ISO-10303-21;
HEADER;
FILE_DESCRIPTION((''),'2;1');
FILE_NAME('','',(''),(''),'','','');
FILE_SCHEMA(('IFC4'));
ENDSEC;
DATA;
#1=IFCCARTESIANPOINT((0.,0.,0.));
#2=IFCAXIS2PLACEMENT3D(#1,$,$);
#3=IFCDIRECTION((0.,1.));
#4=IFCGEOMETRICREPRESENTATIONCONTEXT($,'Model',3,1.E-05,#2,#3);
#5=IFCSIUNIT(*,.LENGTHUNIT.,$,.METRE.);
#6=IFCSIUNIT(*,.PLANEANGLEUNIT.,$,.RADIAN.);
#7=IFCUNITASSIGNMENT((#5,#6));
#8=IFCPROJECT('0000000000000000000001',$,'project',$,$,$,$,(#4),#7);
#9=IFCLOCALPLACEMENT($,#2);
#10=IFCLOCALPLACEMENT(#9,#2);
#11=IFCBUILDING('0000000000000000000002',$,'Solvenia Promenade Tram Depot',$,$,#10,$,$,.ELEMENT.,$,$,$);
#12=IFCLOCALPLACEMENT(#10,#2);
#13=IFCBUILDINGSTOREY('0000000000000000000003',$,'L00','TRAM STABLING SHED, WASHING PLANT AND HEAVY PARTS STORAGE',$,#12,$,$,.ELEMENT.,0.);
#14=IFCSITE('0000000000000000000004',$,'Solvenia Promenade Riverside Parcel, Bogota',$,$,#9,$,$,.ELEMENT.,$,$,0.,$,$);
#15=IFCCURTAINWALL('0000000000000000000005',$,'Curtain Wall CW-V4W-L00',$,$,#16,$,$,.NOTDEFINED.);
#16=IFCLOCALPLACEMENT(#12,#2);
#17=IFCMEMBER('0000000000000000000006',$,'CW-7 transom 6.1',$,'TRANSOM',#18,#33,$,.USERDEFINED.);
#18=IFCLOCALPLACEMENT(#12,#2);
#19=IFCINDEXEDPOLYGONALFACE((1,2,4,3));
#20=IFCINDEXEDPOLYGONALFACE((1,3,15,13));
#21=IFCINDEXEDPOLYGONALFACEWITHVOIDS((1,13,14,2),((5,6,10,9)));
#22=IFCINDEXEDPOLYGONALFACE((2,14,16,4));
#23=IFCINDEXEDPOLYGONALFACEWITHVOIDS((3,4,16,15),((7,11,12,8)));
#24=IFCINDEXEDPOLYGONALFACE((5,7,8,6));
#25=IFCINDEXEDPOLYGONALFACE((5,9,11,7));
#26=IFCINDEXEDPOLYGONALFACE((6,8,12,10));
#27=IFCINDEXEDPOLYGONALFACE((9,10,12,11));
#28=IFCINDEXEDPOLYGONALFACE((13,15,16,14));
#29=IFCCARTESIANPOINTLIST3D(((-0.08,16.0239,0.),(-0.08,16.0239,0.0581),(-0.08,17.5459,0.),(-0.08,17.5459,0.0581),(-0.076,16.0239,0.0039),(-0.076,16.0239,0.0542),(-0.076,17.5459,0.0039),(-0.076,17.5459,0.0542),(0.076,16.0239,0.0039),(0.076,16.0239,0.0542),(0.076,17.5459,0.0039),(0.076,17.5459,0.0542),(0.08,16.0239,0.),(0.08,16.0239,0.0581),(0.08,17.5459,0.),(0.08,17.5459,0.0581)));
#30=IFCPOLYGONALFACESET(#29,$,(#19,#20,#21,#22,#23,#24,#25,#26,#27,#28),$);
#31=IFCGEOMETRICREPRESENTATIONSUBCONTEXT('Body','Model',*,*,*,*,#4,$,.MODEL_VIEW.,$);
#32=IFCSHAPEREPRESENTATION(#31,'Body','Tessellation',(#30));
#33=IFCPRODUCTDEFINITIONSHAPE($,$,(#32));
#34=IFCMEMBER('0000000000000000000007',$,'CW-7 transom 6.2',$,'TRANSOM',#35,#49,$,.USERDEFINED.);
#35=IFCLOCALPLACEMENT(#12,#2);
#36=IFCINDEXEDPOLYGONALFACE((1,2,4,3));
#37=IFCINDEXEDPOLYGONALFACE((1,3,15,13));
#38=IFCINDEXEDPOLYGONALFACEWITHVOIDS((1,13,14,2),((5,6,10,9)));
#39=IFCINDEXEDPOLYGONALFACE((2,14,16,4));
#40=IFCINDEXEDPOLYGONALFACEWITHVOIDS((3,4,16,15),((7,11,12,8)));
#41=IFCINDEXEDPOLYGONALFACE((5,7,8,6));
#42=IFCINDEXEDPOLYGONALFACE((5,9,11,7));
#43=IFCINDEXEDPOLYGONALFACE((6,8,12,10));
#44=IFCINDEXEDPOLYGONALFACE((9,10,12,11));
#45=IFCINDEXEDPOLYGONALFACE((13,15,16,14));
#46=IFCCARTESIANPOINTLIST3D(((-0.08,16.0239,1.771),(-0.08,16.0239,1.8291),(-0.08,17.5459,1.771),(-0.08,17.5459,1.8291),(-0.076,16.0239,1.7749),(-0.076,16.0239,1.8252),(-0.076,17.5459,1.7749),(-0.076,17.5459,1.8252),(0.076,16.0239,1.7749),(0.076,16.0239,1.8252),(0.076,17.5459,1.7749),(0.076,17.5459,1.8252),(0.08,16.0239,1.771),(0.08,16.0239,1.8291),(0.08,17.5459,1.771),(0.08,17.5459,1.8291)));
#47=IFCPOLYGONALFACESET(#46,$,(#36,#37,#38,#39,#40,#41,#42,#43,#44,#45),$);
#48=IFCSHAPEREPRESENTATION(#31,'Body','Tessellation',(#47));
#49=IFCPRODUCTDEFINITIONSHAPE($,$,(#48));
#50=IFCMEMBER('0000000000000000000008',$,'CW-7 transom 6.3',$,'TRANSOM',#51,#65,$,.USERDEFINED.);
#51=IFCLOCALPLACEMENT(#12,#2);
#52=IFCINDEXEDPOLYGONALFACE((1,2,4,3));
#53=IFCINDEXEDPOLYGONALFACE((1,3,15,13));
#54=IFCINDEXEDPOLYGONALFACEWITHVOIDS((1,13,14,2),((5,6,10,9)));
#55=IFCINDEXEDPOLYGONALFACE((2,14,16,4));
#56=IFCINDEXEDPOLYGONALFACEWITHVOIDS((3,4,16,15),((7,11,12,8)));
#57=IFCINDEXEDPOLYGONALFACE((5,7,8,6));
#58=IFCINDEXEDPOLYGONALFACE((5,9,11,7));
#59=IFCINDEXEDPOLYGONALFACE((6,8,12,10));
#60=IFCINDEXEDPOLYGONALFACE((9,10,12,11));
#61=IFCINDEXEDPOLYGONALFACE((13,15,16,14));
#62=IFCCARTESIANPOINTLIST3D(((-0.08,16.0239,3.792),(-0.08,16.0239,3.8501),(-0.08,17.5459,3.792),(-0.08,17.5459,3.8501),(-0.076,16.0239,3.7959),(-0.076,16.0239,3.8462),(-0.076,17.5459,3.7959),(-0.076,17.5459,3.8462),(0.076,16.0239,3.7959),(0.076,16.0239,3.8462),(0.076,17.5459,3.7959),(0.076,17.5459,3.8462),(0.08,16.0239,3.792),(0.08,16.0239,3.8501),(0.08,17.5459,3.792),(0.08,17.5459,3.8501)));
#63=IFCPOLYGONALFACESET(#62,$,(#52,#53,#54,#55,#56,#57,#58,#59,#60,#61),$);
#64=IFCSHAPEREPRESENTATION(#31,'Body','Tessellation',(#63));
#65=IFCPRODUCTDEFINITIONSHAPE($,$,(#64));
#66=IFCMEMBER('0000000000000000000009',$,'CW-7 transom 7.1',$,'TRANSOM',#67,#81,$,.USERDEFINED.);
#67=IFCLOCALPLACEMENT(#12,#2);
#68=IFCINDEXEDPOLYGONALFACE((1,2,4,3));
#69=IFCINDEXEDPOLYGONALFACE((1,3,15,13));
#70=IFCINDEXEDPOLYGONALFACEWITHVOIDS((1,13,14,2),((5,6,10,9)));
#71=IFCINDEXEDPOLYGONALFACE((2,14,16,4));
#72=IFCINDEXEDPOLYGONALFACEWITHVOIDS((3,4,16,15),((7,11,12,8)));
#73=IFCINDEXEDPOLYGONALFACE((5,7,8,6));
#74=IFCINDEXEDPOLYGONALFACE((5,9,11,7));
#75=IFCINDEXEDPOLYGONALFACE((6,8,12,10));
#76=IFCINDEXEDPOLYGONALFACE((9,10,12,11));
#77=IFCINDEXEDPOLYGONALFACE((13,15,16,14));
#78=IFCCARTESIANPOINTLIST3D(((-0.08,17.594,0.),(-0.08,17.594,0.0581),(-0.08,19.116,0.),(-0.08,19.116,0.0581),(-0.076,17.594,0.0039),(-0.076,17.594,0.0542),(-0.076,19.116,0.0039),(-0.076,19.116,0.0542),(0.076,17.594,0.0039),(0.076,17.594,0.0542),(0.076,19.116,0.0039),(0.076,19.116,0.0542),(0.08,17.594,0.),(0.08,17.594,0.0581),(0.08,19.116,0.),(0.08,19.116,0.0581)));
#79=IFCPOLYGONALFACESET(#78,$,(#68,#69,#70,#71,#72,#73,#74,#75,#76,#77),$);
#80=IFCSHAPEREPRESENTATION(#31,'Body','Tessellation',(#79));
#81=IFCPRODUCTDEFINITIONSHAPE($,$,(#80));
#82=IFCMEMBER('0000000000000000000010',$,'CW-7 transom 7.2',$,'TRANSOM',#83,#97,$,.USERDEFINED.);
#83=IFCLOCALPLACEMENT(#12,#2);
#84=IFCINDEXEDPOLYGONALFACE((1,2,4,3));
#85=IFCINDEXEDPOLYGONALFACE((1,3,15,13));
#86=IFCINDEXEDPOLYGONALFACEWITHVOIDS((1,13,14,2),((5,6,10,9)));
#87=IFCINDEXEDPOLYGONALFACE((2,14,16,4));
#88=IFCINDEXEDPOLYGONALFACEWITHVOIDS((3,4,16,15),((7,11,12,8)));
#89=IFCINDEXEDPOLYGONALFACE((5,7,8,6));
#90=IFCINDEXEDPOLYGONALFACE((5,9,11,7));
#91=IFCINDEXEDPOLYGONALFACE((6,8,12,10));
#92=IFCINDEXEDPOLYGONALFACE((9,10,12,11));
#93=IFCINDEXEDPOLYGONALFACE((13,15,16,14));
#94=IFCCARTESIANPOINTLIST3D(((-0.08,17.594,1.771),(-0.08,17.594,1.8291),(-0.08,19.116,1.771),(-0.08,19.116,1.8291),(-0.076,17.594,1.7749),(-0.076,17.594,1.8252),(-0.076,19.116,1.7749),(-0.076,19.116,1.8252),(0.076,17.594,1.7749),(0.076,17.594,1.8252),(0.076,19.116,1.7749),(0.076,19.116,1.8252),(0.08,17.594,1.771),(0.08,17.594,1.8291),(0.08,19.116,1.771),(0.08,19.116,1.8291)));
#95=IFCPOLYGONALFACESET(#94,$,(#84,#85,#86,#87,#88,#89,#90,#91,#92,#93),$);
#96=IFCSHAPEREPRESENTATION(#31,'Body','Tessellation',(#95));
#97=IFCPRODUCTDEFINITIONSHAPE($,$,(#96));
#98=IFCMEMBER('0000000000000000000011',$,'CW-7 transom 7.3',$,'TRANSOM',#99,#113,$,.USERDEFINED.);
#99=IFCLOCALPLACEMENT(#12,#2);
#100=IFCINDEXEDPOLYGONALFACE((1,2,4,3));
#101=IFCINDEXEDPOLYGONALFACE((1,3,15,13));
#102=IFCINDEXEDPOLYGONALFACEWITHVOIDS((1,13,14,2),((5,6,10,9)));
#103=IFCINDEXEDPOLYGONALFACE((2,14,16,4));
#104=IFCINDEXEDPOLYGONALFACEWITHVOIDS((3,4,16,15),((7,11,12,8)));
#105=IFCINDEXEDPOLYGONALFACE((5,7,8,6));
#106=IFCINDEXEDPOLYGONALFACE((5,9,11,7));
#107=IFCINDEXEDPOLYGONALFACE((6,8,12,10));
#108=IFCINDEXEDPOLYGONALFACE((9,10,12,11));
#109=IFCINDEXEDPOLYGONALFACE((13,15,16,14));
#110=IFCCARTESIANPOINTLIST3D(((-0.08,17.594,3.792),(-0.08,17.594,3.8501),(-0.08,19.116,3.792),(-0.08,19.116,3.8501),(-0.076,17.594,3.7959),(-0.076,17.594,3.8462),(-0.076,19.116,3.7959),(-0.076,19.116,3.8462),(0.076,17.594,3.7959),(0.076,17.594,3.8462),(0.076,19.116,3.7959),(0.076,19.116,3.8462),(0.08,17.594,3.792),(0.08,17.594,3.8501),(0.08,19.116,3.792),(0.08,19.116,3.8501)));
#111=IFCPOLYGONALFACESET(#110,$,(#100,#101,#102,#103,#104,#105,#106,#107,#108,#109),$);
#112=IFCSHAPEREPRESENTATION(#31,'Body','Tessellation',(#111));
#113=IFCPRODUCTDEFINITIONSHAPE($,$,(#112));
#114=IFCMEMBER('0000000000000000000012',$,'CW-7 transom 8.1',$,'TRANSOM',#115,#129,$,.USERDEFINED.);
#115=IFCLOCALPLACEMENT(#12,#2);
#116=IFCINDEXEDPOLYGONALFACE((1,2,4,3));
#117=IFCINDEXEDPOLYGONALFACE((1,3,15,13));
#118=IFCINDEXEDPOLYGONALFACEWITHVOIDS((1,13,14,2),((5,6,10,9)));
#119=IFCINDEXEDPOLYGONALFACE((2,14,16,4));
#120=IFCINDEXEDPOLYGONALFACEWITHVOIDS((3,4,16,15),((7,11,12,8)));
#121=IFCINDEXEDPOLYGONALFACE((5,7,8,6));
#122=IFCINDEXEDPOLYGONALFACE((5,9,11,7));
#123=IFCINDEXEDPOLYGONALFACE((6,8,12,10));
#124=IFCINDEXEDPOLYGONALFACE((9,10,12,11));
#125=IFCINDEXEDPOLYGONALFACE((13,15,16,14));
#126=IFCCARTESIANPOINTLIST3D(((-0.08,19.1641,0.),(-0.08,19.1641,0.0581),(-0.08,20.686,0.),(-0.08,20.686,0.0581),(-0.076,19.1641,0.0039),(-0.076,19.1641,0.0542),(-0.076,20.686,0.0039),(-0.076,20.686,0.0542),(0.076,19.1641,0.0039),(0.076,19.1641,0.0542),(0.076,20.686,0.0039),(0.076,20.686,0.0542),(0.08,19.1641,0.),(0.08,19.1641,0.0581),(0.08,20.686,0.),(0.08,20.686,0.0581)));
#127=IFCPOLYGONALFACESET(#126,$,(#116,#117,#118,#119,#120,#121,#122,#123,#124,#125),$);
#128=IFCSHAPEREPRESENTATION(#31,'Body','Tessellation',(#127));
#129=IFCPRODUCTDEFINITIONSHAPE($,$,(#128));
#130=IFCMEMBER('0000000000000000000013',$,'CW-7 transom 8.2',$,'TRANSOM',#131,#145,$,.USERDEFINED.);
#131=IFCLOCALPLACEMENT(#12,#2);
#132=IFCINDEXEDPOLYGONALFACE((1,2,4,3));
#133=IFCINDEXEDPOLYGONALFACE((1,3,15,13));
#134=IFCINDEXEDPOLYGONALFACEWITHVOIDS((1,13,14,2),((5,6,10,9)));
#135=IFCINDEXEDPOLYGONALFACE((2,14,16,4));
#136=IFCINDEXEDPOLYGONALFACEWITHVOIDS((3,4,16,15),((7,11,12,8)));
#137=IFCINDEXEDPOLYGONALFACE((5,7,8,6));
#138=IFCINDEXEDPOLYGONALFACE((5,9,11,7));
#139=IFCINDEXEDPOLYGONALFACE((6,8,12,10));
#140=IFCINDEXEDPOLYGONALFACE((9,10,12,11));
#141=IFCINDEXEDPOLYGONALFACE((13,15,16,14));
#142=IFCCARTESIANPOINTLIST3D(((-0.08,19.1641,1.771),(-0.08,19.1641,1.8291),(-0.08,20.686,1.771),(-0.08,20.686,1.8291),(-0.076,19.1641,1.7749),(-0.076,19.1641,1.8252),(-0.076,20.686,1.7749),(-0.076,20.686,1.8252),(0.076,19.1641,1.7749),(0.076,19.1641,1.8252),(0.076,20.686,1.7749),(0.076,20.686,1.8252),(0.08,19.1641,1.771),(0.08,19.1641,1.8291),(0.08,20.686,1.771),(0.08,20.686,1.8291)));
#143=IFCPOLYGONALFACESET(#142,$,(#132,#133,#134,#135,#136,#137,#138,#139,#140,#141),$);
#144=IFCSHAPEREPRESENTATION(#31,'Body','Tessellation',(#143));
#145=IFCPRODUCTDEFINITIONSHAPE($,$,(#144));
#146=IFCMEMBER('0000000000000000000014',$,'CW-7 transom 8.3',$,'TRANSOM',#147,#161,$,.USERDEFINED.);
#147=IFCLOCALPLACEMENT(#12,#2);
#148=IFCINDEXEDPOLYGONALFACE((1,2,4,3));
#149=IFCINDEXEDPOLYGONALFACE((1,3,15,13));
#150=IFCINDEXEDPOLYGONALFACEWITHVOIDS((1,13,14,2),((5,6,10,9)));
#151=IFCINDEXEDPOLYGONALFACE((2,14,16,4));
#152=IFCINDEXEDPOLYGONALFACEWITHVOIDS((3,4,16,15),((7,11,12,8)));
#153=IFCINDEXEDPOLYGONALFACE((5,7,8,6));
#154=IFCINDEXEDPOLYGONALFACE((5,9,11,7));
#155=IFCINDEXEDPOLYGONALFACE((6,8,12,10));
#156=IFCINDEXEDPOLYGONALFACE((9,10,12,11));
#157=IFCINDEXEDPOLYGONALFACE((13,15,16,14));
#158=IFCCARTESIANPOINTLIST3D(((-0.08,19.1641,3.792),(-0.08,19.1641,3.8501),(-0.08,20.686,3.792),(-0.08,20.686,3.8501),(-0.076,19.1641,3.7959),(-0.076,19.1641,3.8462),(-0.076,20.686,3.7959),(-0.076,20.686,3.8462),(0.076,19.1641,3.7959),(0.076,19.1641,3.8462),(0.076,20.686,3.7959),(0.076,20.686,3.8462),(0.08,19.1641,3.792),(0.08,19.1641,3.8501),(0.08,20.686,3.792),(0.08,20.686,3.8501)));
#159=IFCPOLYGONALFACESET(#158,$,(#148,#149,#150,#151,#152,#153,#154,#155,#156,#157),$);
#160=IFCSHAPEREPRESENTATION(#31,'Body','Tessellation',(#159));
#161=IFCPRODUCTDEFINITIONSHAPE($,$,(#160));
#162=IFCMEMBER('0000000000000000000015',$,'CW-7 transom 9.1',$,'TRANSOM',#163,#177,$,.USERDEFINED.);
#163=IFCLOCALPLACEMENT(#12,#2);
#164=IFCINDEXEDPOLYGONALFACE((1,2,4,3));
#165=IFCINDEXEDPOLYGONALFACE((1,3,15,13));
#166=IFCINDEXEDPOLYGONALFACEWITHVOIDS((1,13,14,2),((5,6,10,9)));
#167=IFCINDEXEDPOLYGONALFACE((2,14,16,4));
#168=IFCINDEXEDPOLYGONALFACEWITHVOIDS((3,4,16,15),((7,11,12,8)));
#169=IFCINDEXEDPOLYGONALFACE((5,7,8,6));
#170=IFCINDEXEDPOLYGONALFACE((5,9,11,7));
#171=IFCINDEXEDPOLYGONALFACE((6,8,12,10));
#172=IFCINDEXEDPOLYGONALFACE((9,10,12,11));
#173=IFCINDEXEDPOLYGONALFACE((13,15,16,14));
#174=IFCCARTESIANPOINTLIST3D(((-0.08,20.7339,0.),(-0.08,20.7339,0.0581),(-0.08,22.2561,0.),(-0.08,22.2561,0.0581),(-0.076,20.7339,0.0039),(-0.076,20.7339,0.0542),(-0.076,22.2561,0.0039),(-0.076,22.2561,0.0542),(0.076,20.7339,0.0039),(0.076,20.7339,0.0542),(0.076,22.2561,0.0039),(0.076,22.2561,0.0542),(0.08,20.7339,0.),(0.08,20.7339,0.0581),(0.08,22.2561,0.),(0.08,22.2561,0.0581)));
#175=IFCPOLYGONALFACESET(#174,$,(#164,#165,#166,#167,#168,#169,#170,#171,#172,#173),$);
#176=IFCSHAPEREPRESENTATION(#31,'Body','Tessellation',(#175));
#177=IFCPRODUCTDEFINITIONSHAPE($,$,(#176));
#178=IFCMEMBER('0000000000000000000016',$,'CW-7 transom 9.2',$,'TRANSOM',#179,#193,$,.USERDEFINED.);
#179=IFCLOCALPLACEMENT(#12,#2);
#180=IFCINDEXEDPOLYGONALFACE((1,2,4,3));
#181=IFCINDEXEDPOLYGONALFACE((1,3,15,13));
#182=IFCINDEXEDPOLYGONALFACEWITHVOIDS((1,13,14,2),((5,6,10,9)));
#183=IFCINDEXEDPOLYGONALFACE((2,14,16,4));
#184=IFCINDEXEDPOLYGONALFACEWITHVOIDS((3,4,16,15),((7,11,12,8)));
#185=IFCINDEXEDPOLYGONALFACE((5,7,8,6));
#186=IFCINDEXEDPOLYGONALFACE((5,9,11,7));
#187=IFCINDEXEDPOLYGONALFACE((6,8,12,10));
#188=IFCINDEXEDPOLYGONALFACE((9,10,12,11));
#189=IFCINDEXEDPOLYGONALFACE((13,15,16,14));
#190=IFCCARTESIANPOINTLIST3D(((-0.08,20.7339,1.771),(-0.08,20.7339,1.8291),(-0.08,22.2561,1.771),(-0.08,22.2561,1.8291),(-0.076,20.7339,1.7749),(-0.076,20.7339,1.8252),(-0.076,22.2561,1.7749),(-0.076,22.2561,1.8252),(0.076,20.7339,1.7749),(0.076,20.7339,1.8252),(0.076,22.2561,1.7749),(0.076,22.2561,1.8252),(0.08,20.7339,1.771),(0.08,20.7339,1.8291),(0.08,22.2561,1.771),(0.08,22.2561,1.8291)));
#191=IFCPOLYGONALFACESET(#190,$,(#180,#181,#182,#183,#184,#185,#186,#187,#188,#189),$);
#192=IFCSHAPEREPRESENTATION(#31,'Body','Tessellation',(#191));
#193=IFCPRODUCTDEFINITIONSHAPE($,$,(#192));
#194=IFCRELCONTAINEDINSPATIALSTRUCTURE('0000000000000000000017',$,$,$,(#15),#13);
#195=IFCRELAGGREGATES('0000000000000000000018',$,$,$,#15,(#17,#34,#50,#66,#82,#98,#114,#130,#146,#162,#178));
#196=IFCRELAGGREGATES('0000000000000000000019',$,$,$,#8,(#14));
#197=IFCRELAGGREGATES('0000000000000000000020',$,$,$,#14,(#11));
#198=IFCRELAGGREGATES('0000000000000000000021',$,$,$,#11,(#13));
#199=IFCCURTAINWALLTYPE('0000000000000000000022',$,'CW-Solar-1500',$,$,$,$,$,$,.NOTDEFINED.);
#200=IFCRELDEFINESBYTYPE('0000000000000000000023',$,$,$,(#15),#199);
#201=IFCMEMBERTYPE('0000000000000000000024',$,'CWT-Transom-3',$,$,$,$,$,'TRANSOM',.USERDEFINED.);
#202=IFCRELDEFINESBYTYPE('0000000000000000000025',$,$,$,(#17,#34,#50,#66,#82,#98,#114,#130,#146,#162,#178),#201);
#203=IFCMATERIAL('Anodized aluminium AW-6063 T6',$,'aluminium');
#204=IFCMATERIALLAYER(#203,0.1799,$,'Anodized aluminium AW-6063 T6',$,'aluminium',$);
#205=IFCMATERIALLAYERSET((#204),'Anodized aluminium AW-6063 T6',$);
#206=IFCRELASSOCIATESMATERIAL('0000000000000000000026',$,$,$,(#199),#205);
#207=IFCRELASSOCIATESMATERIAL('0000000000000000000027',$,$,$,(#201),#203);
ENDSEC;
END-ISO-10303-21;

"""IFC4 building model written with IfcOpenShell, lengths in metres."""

from ifc_helpers import new_model, si_unit, direction, frame, origin, origin_2d, place, context, subcontext, project, spatial, hollow_rectangle, extrude, material, layer, layer_set, material_profile, profile_set, type_object, element, aggregate, save


model = new_model("IFC4")

# Units and contexts
model_context = context("Model", 3, precision=1e-05, world=origin(), true_north=direction((0.0, 1.0)))
body_context = subcontext(model_context, "Body", "Model", "MODEL_VIEW")
ifc_project = project(units=[si_unit("LENGTHUNIT", "METRE"), si_unit("PLANEANGLEUNIT", "RADIAN")], contexts=[model_context])

# Site, building, storey
site_placement = place(None, origin())
site = spatial("IfcSite", under=ifc_project, at=site_placement, Name="Solvenia Promenade Riverside Parcel, Bogota", CompositionType="ELEMENT", RefElevation=0.0)
building_placement = place(site_placement, origin())
building = spatial("IfcBuilding", under=site, at=building_placement, Name="Solvenia Promenade Tram Depot", CompositionType="ELEMENT")
storey_placement = place(building_placement, origin())
storey = spatial("IfcBuildingStorey", under=building, at=storey_placement, Name="L00", Description="TRAM STABLING SHED, WASHING PLANT AND HEAVY PARTS STORAGE", CompositionType="ELEMENT", Elevation=0.0)

# Curtain wall, members
ifc_material_1 = material(Name="Anodized aluminium AW-6063 T6", Category="aluminium")
ifc_layer_1 = layer(ifc_material_1, 0.1799, Name="Anodized aluminium AW-6063 T6", Category="aluminium")
ifc_layer_set_1 = layer_set([ifc_layer_1], Name="Anodized aluminium AW-6063 T6")
curtain_wall_type = type_object("IfcCurtainWallType", Name="CW-Solar-1500", PredefinedType="NOTDEFINED", material=ifc_layer_set_1)
curtain_wall_placement = place(storey_placement, origin())
curtain_wall = element("IfcCurtainWall", 1, at=curtain_wall_placement, inside=storey, type_object=curtain_wall_type, Name="Curtain Wall CW-V4W-L00", PredefinedType="NOTDEFINED")
ifc_material_profile_1 = material_profile(ifc_material_1, hollow_rectangle(XDim=0.1599, YDim=0.0581, WallThickness=0.0039, at=origin_2d()), Name="ALU-T3", Category="aluminium")
ifc_profile_set_1 = profile_set([ifc_material_profile_1], Name="Anodized aluminium AW-6063 T6")
member_type_1 = type_object("IfcMemberType", Name="CWT-Transom-3", ElementType="TRANSOM", PredefinedType="USERDEFINED", material=ifc_profile_set_1)
member_1_placement = place(storey_placement, frame((0.0, 16.0239, 0.0291), z_axis=(0.0, 1.0, 0.0), x_axis=(-1.0, 0.0, 0.0)))
member_1 = element("IfcMember", 2, at=member_1_placement, type_object=member_type_1, Name="CW-7 transom 6.1", ObjectType="TRANSOM", PredefinedType="USERDEFINED", context=body_context, shape_type="SweptSolid", body=[
    extrude(hollow_rectangle(XDim=0.1599, YDim=0.0581, WallThickness=0.0039, at=origin_2d()), origin(), (0.0, 0.0, 1.0), 1.522),
])
member_2_placement = place(storey_placement, frame((0.0, 16.0239, 1.8), z_axis=(0.0, 1.0, 0.0), x_axis=(-1.0, 0.0, 0.0)))
member_2 = element("IfcMember", 3, at=member_2_placement, type_object=member_type_1, Name="CW-7 transom 6.2", ObjectType="TRANSOM", PredefinedType="USERDEFINED", context=body_context, shape_type="SweptSolid", body=[
    extrude(hollow_rectangle(XDim=0.1599, YDim=0.0581, WallThickness=0.0039, at=origin_2d()), origin(), (0.0, 0.0, 1.0), 1.522),
])
member_3_placement = place(storey_placement, frame((0.0, 16.0239, 3.821), z_axis=(0.0, 1.0, 0.0), x_axis=(-1.0, 0.0, 0.0)))
member_3 = element("IfcMember", 4, at=member_3_placement, type_object=member_type_1, Name="CW-7 transom 6.3", ObjectType="TRANSOM", PredefinedType="USERDEFINED", context=body_context, shape_type="SweptSolid", body=[
    extrude(hollow_rectangle(XDim=0.1599, YDim=0.0581, WallThickness=0.0039, at=origin_2d()), origin(), (0.0, 0.0, 1.0), 1.522),
])
member_4_placement = place(storey_placement, frame((0.0, 17.594, 0.0291), z_axis=(0.0, 1.0, 0.0), x_axis=(-1.0, 0.0, 0.0)))
member_4 = element("IfcMember", 5, at=member_4_placement, type_object=member_type_1, Name="CW-7 transom 7.1", ObjectType="TRANSOM", PredefinedType="USERDEFINED", context=body_context, shape_type="SweptSolid", body=[
    extrude(hollow_rectangle(XDim=0.1599, YDim=0.0581, WallThickness=0.0039, at=origin_2d()), origin(), (0.0, 0.0, 1.0), 1.522),
])
member_5_placement = place(storey_placement, frame((0.0, 17.594, 1.8), z_axis=(0.0, 1.0, 0.0), x_axis=(-1.0, 0.0, 0.0)))
member_5 = element("IfcMember", 6, at=member_5_placement, type_object=member_type_1, Name="CW-7 transom 7.2", ObjectType="TRANSOM", PredefinedType="USERDEFINED", context=body_context, shape_type="SweptSolid", body=[
    extrude(hollow_rectangle(XDim=0.1599, YDim=0.0581, WallThickness=0.0039, at=origin_2d()), origin(), (0.0, 0.0, 1.0), 1.522),
])
member_6_placement = place(storey_placement, frame((0.0, 17.594, 3.821), z_axis=(0.0, 1.0, 0.0), x_axis=(-1.0, 0.0, 0.0)))
member_6 = element("IfcMember", 7, at=member_6_placement, type_object=member_type_1, Name="CW-7 transom 7.3", ObjectType="TRANSOM", PredefinedType="USERDEFINED", context=body_context, shape_type="SweptSolid", body=[
    extrude(hollow_rectangle(XDim=0.1599, YDim=0.0581, WallThickness=0.0039, at=origin_2d()), origin(), (0.0, 0.0, 1.0), 1.522),
])
member_7_placement = place(storey_placement, frame((0.0, 19.1641, 0.0291), z_axis=(0.0, 1.0, 0.0), x_axis=(-1.0, 0.0, 0.0)))
member_7 = element("IfcMember", 8, at=member_7_placement, type_object=member_type_1, Name="CW-7 transom 8.1", ObjectType="TRANSOM", PredefinedType="USERDEFINED", context=body_context, shape_type="SweptSolid", body=[
    extrude(hollow_rectangle(XDim=0.1599, YDim=0.0581, WallThickness=0.0039, at=origin_2d()), origin(), (0.0, 0.0, 1.0), 1.522),
])
member_8_placement = place(storey_placement, frame((0.0, 19.1641, 1.8), z_axis=(0.0, 1.0, 0.0), x_axis=(-1.0, 0.0, 0.0)))
member_8 = element("IfcMember", 9, at=member_8_placement, type_object=member_type_1, Name="CW-7 transom 8.2", ObjectType="TRANSOM", PredefinedType="USERDEFINED", context=body_context, shape_type="SweptSolid", body=[
    extrude(hollow_rectangle(XDim=0.1599, YDim=0.0581, WallThickness=0.0039, at=origin_2d()), origin(), (0.0, 0.0, 1.0), 1.522),
])
member_9_placement = place(storey_placement, frame((0.0, 19.1641, 3.821), z_axis=(0.0, 1.0, 0.0), x_axis=(-1.0, 0.0, 0.0)))
member_9 = element("IfcMember", 10, at=member_9_placement, type_object=member_type_1, Name="CW-7 transom 8.3", ObjectType="TRANSOM", PredefinedType="USERDEFINED", context=body_context, shape_type="SweptSolid", body=[
    extrude(hollow_rectangle(XDim=0.1599, YDim=0.0581, WallThickness=0.0039, at=origin_2d()), origin(), (0.0, 0.0, 1.0), 1.522),
])
member_10_placement = place(storey_placement, frame((0.0, 20.7339, 0.0291), z_axis=(0.0, 1.0, 0.0), x_axis=(-1.0, 0.0, 0.0)))
member_10 = element("IfcMember", 11, at=member_10_placement, type_object=member_type_1, Name="CW-7 transom 9.1", ObjectType="TRANSOM", PredefinedType="USERDEFINED", context=body_context, shape_type="SweptSolid", body=[
    extrude(hollow_rectangle(XDim=0.1599, YDim=0.0581, WallThickness=0.0039, at=origin_2d()), origin(), (0.0, 0.0, 1.0), 1.5222),
])
member_11_placement = place(storey_placement, frame((0.0, 20.7339, 1.8), z_axis=(0.0, 1.0, 0.0), x_axis=(-1.0, 0.0, 0.0)))
member_11 = element("IfcMember", 12, at=member_11_placement, type_object=member_type_1, Name="CW-7 transom 9.2", ObjectType="TRANSOM", PredefinedType="USERDEFINED", context=body_context, shape_type="SweptSolid", body=[
    extrude(hollow_rectangle(XDim=0.1599, YDim=0.0581, WallThickness=0.0039, at=origin_2d()), origin(), (0.0, 0.0, 1.0), 1.5222),
])
aggregate(curtain_wall, [member_1, member_2, member_3, member_4, member_5, member_6, member_7, member_8, member_9, member_10, member_11])

save(model, "model.ifc")
